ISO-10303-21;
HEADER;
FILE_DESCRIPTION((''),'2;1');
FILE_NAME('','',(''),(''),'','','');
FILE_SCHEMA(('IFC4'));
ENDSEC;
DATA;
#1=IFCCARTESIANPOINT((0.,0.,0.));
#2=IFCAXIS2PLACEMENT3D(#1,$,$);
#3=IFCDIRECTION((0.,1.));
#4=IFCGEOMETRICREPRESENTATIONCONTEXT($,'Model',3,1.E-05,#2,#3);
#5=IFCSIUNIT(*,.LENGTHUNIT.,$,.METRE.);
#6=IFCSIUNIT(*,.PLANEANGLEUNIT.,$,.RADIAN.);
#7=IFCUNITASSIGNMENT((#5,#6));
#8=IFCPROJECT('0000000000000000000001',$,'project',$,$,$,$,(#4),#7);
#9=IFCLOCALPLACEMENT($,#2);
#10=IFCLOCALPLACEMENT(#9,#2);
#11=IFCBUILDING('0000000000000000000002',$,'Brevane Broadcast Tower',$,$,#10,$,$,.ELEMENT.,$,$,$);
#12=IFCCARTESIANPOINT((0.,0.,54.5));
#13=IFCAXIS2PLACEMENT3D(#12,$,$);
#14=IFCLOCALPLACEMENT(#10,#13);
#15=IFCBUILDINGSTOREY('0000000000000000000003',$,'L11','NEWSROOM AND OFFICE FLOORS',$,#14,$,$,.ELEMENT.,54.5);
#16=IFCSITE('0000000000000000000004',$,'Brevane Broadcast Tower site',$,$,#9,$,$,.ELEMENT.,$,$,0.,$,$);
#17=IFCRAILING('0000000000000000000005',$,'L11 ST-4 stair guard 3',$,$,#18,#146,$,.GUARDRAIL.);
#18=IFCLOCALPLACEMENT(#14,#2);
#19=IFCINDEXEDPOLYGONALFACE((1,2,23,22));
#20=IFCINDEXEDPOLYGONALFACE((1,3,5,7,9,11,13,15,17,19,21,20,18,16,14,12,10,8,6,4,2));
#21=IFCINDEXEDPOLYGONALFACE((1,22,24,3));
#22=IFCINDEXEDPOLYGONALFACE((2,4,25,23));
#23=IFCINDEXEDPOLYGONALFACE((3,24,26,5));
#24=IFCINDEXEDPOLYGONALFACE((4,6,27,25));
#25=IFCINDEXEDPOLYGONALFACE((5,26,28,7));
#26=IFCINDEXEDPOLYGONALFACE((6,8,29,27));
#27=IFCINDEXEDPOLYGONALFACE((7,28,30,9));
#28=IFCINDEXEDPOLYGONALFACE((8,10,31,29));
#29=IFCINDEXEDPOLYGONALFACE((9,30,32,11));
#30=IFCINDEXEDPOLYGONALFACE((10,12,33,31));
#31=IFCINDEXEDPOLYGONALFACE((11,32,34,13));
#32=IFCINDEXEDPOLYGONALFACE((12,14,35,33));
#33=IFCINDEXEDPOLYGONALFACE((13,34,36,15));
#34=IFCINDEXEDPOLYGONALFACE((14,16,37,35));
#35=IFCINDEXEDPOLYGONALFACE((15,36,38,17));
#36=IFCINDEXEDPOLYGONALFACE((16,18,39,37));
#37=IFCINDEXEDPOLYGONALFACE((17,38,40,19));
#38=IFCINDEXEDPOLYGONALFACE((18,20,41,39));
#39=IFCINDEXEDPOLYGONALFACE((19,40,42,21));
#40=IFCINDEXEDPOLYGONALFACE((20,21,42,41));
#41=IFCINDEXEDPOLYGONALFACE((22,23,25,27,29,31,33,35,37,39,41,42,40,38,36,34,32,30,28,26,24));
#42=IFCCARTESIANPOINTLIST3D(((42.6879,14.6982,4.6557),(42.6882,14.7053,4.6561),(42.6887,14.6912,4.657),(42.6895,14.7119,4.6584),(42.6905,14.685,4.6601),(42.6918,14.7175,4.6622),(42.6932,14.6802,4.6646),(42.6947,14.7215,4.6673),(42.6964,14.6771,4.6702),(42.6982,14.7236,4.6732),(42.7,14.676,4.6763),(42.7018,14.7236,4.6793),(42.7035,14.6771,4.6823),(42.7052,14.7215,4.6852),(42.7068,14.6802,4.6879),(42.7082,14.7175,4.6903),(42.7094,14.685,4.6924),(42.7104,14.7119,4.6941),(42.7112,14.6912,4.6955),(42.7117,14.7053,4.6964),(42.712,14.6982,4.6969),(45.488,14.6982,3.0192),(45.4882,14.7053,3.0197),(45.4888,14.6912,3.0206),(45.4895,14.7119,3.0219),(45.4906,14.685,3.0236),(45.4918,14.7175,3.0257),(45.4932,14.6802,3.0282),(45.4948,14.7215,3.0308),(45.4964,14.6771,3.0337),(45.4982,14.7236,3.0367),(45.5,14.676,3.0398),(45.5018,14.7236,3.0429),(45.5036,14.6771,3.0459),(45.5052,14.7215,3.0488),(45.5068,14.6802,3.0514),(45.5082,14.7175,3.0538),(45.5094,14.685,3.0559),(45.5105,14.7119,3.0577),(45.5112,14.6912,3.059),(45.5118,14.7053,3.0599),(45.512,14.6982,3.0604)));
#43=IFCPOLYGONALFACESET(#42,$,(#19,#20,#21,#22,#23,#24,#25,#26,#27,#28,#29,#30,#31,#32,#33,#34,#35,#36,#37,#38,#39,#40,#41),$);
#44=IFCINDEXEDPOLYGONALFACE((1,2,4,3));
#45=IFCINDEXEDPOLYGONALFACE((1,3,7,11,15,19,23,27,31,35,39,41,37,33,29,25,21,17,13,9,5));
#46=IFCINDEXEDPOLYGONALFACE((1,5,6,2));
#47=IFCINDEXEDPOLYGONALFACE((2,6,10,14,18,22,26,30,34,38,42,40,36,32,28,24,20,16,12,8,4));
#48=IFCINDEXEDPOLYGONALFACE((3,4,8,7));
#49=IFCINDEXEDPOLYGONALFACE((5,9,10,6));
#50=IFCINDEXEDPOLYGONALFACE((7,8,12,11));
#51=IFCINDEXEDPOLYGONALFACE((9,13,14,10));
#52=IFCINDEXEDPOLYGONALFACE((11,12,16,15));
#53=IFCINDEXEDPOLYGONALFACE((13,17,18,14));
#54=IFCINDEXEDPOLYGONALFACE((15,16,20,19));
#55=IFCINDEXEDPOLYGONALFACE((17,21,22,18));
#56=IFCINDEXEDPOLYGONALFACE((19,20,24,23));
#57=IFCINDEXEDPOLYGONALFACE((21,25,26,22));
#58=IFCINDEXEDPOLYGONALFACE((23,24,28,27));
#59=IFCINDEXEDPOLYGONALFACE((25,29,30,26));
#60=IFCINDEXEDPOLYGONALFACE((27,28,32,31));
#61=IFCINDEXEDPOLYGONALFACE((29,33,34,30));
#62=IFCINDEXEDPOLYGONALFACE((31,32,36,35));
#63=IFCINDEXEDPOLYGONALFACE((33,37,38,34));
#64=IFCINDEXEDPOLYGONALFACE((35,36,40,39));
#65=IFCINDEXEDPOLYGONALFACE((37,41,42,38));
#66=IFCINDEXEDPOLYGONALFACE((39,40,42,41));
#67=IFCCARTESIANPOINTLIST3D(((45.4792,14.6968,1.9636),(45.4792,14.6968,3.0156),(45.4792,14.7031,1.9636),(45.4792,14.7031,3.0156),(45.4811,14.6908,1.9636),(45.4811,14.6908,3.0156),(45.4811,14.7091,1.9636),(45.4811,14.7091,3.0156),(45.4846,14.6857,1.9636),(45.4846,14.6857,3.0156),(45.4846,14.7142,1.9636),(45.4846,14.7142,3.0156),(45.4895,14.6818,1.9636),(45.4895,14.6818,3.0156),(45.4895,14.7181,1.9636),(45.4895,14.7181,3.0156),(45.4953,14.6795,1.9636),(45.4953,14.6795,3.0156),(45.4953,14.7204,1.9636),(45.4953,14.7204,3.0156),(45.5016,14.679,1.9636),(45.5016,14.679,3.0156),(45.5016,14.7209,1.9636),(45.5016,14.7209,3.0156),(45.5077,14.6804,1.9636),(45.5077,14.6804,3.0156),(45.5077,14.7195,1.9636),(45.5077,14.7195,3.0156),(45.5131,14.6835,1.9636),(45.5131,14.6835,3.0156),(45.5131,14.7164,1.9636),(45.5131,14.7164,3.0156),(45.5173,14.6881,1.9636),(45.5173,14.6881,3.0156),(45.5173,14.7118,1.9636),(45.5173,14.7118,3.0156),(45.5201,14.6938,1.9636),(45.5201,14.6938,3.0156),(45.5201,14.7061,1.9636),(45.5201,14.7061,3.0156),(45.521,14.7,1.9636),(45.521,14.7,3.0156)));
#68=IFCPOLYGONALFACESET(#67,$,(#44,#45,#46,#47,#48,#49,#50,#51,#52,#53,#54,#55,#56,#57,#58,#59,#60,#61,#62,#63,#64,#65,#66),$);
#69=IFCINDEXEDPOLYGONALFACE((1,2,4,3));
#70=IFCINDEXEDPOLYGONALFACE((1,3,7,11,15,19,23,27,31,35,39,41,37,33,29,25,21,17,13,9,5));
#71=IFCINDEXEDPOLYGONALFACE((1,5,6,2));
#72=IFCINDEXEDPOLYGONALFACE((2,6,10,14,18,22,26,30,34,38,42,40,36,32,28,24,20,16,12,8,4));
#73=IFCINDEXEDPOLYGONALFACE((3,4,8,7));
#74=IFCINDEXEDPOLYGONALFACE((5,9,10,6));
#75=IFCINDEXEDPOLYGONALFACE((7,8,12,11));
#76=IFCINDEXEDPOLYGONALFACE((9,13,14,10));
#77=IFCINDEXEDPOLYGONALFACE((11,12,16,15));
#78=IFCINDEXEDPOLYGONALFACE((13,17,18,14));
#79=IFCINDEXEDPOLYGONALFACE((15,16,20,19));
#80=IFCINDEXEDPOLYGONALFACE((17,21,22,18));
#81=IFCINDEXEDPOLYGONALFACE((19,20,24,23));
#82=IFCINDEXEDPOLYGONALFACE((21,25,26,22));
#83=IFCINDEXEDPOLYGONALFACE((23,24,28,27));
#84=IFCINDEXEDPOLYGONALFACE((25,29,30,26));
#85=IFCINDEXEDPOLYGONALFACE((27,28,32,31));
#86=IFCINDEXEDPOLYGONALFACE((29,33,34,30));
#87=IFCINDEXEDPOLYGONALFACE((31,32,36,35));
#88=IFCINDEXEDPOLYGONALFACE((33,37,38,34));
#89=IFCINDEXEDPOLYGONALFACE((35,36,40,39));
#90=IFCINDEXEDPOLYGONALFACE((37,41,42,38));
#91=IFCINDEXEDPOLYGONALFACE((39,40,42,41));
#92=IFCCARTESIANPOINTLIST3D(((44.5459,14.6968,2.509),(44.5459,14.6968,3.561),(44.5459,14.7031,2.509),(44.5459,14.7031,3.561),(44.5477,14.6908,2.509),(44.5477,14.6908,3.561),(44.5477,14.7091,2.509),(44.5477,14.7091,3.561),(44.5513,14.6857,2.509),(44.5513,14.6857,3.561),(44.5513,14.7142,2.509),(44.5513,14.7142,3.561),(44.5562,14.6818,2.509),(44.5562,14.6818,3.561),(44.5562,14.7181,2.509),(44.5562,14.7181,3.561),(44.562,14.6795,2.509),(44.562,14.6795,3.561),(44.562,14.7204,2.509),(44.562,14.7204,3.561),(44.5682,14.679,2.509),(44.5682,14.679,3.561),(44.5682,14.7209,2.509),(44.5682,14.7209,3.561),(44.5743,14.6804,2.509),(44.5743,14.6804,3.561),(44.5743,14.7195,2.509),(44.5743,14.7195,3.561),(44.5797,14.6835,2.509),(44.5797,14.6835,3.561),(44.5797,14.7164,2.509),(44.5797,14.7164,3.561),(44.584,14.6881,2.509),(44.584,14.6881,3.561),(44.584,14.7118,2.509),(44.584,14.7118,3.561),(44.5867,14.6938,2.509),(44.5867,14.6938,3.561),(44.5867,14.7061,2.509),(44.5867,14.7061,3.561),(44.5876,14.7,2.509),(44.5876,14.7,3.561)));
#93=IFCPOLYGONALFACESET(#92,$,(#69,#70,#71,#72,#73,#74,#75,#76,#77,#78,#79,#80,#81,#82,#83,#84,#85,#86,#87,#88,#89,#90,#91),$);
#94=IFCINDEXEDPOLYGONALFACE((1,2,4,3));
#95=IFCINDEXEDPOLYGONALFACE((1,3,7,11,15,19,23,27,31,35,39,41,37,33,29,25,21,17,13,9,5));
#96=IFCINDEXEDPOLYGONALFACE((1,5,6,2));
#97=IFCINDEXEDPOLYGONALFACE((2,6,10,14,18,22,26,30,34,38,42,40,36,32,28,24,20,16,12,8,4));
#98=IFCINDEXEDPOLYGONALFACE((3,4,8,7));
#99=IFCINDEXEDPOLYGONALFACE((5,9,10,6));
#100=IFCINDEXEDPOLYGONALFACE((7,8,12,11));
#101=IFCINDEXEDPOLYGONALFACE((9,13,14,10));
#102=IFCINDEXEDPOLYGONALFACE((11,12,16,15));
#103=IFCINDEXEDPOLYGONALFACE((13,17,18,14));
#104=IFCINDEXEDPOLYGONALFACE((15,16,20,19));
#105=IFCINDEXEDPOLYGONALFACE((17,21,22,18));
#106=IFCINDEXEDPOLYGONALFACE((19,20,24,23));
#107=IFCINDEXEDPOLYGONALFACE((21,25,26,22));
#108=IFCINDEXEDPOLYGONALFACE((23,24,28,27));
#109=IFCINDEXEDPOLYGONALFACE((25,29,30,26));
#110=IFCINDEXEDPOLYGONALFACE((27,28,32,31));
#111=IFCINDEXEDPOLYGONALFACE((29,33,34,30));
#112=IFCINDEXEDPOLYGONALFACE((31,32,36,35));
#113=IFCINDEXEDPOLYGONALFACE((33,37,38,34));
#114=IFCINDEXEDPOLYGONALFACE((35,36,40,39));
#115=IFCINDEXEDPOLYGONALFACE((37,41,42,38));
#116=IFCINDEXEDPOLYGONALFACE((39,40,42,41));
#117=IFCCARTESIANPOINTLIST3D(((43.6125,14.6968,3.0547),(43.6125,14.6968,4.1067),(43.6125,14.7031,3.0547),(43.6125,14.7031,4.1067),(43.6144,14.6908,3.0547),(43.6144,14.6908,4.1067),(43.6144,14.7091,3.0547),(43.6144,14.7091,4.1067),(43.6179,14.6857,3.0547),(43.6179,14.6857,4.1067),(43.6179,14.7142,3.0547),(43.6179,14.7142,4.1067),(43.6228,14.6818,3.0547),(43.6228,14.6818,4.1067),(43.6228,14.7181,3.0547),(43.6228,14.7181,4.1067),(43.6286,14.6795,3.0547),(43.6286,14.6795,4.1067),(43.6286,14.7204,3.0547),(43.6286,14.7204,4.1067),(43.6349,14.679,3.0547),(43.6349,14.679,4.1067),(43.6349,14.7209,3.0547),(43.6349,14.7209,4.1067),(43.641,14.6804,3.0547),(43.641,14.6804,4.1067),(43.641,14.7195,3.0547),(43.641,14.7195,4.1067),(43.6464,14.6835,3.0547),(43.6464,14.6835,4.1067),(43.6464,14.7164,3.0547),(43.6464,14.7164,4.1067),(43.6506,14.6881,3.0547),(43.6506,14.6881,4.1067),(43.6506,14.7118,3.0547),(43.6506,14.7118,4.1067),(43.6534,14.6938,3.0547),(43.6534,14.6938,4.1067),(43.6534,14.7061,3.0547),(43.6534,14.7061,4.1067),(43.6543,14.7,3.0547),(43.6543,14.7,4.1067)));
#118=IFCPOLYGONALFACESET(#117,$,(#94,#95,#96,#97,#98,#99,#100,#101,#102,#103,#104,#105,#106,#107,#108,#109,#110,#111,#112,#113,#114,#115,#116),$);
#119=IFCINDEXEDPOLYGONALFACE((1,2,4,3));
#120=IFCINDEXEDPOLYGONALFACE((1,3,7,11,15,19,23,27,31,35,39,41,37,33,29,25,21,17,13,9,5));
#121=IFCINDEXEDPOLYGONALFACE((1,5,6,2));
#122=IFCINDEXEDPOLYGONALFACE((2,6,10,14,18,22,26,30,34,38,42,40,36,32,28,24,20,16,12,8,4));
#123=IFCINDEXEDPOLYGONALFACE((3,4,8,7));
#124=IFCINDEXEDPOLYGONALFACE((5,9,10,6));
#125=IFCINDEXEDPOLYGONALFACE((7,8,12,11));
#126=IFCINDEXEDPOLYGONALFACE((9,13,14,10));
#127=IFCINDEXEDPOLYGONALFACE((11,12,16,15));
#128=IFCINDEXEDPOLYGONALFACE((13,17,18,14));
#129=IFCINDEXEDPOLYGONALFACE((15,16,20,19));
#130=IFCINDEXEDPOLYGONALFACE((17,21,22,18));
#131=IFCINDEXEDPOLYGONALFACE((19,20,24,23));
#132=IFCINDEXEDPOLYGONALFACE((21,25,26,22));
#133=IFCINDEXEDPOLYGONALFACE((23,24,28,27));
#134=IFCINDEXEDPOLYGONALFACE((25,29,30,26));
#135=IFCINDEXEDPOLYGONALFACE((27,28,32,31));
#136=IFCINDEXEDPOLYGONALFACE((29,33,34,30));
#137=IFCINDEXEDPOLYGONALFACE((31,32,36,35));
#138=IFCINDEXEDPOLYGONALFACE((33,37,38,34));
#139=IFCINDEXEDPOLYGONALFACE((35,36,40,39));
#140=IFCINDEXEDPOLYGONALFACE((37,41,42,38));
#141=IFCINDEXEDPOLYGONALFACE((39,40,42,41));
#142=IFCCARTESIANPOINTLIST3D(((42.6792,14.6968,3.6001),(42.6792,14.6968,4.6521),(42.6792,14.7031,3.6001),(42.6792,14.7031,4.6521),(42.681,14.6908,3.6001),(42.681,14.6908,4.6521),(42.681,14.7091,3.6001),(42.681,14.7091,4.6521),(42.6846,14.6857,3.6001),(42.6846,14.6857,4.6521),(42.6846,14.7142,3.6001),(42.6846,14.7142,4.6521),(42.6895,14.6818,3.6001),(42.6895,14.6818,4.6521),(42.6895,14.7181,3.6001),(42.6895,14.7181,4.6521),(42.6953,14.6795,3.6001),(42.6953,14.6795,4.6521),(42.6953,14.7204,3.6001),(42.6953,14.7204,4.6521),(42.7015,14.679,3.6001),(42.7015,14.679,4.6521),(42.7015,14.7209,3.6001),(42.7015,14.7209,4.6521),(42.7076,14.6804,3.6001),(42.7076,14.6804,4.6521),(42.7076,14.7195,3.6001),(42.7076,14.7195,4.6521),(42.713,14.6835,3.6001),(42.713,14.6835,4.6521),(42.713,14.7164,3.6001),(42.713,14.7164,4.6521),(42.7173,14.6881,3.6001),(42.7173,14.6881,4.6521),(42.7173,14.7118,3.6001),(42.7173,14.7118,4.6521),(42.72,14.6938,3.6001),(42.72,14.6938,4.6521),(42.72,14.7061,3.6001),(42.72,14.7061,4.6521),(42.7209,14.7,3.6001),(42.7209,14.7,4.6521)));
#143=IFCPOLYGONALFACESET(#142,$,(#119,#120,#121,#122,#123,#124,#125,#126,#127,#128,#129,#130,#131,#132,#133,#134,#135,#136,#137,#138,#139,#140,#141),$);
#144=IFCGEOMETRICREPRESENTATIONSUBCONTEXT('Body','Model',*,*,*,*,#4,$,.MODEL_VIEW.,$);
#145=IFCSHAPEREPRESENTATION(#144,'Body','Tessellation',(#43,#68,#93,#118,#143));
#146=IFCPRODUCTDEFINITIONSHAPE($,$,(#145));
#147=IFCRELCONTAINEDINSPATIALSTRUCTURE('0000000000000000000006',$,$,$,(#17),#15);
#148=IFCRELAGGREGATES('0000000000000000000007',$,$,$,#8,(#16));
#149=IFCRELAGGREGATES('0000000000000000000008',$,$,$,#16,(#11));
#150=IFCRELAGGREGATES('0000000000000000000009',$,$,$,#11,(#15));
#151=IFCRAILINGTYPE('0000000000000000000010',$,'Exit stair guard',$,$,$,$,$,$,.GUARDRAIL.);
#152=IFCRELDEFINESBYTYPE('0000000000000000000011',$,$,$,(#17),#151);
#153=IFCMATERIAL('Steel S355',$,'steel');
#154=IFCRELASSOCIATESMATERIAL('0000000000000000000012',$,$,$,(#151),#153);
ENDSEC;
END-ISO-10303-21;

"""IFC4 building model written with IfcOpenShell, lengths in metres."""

from ifc_helpers import new_model, si_unit, direction, frame, origin, origin_2d, place, context, subcontext, project, spatial, circle, extrude, material, type_object, element, save


model = new_model("IFC4")

# Units and contexts
model_context = context("Model", 3, precision=1e-05, world=origin(), true_north=direction((0.0, 1.0)))
body_context = subcontext(model_context, "Body", "Model", "MODEL_VIEW")
ifc_project = project(units=[si_unit("LENGTHUNIT", "METRE"), si_unit("PLANEANGLEUNIT", "RADIAN")], contexts=[model_context])

# Site, building, storey
site_placement = place(None, origin())
site = spatial("IfcSite", under=ifc_project, at=site_placement, Name="Brevane Broadcast Tower site", CompositionType="ELEMENT", RefElevation=0.0)
building_placement = place(site_placement, origin())
building = spatial("IfcBuilding", under=site, at=building_placement, Name="Brevane Broadcast Tower", CompositionType="ELEMENT")
storey_placement = place(building_placement, frame((0.0, 0.0, 54.5)))
storey = spatial("IfcBuildingStorey", under=building, at=storey_placement, Name="L11", Description="NEWSROOM AND OFFICE FLOORS", CompositionType="ELEMENT", Elevation=54.5)

# Railing
ifc_material_1 = material(Name="Steel S355", Category="steel")
railing_type_1 = type_object("IfcRailingType", Name="Exit stair guard", PredefinedType="GUARDRAIL", material=ifc_material_1)
railing_1_placement = place(storey_placement, frame((45.5, 14.7, 1.9636)))
element("IfcRailing", 1, at=railing_1_placement, inside=storey, type_object=railing_type_1, Name="L11 ST-4 stair guard 3", PredefinedType="GUARDRAIL", context=body_context, shape_type="SweptSolid", body=[
    extrude(circle(Radius=0.0239, at=origin_2d()), frame((0.0, 0.0, 1.0762), z_axis=(-0.863361, 0.0, 0.504587), x_axis=(0.0, -1.0, 0.0)), (0.0, 0.0, 1.0), 3.2432),
    extrude(circle(Radius=0.021, at=origin_2d()), origin(), (0.0, 0.0, 1.0), 1.052),
    extrude(circle(Radius=0.021, at=origin_2d()), frame((-0.9333, 0.0, 0.5454)), (0.0, 0.0, 1.0), 1.052),
    extrude(circle(Radius=0.021, at=origin_2d()), frame((-1.8667, 0.0, 1.0911)), (0.0, 0.0, 1.0), 1.052),
    extrude(circle(Radius=0.021, at=origin_2d()), frame((-2.8, 0.0, 1.6365)), (0.0, 0.0, 1.0), 1.052),
])

save(model, "model.ifc")
